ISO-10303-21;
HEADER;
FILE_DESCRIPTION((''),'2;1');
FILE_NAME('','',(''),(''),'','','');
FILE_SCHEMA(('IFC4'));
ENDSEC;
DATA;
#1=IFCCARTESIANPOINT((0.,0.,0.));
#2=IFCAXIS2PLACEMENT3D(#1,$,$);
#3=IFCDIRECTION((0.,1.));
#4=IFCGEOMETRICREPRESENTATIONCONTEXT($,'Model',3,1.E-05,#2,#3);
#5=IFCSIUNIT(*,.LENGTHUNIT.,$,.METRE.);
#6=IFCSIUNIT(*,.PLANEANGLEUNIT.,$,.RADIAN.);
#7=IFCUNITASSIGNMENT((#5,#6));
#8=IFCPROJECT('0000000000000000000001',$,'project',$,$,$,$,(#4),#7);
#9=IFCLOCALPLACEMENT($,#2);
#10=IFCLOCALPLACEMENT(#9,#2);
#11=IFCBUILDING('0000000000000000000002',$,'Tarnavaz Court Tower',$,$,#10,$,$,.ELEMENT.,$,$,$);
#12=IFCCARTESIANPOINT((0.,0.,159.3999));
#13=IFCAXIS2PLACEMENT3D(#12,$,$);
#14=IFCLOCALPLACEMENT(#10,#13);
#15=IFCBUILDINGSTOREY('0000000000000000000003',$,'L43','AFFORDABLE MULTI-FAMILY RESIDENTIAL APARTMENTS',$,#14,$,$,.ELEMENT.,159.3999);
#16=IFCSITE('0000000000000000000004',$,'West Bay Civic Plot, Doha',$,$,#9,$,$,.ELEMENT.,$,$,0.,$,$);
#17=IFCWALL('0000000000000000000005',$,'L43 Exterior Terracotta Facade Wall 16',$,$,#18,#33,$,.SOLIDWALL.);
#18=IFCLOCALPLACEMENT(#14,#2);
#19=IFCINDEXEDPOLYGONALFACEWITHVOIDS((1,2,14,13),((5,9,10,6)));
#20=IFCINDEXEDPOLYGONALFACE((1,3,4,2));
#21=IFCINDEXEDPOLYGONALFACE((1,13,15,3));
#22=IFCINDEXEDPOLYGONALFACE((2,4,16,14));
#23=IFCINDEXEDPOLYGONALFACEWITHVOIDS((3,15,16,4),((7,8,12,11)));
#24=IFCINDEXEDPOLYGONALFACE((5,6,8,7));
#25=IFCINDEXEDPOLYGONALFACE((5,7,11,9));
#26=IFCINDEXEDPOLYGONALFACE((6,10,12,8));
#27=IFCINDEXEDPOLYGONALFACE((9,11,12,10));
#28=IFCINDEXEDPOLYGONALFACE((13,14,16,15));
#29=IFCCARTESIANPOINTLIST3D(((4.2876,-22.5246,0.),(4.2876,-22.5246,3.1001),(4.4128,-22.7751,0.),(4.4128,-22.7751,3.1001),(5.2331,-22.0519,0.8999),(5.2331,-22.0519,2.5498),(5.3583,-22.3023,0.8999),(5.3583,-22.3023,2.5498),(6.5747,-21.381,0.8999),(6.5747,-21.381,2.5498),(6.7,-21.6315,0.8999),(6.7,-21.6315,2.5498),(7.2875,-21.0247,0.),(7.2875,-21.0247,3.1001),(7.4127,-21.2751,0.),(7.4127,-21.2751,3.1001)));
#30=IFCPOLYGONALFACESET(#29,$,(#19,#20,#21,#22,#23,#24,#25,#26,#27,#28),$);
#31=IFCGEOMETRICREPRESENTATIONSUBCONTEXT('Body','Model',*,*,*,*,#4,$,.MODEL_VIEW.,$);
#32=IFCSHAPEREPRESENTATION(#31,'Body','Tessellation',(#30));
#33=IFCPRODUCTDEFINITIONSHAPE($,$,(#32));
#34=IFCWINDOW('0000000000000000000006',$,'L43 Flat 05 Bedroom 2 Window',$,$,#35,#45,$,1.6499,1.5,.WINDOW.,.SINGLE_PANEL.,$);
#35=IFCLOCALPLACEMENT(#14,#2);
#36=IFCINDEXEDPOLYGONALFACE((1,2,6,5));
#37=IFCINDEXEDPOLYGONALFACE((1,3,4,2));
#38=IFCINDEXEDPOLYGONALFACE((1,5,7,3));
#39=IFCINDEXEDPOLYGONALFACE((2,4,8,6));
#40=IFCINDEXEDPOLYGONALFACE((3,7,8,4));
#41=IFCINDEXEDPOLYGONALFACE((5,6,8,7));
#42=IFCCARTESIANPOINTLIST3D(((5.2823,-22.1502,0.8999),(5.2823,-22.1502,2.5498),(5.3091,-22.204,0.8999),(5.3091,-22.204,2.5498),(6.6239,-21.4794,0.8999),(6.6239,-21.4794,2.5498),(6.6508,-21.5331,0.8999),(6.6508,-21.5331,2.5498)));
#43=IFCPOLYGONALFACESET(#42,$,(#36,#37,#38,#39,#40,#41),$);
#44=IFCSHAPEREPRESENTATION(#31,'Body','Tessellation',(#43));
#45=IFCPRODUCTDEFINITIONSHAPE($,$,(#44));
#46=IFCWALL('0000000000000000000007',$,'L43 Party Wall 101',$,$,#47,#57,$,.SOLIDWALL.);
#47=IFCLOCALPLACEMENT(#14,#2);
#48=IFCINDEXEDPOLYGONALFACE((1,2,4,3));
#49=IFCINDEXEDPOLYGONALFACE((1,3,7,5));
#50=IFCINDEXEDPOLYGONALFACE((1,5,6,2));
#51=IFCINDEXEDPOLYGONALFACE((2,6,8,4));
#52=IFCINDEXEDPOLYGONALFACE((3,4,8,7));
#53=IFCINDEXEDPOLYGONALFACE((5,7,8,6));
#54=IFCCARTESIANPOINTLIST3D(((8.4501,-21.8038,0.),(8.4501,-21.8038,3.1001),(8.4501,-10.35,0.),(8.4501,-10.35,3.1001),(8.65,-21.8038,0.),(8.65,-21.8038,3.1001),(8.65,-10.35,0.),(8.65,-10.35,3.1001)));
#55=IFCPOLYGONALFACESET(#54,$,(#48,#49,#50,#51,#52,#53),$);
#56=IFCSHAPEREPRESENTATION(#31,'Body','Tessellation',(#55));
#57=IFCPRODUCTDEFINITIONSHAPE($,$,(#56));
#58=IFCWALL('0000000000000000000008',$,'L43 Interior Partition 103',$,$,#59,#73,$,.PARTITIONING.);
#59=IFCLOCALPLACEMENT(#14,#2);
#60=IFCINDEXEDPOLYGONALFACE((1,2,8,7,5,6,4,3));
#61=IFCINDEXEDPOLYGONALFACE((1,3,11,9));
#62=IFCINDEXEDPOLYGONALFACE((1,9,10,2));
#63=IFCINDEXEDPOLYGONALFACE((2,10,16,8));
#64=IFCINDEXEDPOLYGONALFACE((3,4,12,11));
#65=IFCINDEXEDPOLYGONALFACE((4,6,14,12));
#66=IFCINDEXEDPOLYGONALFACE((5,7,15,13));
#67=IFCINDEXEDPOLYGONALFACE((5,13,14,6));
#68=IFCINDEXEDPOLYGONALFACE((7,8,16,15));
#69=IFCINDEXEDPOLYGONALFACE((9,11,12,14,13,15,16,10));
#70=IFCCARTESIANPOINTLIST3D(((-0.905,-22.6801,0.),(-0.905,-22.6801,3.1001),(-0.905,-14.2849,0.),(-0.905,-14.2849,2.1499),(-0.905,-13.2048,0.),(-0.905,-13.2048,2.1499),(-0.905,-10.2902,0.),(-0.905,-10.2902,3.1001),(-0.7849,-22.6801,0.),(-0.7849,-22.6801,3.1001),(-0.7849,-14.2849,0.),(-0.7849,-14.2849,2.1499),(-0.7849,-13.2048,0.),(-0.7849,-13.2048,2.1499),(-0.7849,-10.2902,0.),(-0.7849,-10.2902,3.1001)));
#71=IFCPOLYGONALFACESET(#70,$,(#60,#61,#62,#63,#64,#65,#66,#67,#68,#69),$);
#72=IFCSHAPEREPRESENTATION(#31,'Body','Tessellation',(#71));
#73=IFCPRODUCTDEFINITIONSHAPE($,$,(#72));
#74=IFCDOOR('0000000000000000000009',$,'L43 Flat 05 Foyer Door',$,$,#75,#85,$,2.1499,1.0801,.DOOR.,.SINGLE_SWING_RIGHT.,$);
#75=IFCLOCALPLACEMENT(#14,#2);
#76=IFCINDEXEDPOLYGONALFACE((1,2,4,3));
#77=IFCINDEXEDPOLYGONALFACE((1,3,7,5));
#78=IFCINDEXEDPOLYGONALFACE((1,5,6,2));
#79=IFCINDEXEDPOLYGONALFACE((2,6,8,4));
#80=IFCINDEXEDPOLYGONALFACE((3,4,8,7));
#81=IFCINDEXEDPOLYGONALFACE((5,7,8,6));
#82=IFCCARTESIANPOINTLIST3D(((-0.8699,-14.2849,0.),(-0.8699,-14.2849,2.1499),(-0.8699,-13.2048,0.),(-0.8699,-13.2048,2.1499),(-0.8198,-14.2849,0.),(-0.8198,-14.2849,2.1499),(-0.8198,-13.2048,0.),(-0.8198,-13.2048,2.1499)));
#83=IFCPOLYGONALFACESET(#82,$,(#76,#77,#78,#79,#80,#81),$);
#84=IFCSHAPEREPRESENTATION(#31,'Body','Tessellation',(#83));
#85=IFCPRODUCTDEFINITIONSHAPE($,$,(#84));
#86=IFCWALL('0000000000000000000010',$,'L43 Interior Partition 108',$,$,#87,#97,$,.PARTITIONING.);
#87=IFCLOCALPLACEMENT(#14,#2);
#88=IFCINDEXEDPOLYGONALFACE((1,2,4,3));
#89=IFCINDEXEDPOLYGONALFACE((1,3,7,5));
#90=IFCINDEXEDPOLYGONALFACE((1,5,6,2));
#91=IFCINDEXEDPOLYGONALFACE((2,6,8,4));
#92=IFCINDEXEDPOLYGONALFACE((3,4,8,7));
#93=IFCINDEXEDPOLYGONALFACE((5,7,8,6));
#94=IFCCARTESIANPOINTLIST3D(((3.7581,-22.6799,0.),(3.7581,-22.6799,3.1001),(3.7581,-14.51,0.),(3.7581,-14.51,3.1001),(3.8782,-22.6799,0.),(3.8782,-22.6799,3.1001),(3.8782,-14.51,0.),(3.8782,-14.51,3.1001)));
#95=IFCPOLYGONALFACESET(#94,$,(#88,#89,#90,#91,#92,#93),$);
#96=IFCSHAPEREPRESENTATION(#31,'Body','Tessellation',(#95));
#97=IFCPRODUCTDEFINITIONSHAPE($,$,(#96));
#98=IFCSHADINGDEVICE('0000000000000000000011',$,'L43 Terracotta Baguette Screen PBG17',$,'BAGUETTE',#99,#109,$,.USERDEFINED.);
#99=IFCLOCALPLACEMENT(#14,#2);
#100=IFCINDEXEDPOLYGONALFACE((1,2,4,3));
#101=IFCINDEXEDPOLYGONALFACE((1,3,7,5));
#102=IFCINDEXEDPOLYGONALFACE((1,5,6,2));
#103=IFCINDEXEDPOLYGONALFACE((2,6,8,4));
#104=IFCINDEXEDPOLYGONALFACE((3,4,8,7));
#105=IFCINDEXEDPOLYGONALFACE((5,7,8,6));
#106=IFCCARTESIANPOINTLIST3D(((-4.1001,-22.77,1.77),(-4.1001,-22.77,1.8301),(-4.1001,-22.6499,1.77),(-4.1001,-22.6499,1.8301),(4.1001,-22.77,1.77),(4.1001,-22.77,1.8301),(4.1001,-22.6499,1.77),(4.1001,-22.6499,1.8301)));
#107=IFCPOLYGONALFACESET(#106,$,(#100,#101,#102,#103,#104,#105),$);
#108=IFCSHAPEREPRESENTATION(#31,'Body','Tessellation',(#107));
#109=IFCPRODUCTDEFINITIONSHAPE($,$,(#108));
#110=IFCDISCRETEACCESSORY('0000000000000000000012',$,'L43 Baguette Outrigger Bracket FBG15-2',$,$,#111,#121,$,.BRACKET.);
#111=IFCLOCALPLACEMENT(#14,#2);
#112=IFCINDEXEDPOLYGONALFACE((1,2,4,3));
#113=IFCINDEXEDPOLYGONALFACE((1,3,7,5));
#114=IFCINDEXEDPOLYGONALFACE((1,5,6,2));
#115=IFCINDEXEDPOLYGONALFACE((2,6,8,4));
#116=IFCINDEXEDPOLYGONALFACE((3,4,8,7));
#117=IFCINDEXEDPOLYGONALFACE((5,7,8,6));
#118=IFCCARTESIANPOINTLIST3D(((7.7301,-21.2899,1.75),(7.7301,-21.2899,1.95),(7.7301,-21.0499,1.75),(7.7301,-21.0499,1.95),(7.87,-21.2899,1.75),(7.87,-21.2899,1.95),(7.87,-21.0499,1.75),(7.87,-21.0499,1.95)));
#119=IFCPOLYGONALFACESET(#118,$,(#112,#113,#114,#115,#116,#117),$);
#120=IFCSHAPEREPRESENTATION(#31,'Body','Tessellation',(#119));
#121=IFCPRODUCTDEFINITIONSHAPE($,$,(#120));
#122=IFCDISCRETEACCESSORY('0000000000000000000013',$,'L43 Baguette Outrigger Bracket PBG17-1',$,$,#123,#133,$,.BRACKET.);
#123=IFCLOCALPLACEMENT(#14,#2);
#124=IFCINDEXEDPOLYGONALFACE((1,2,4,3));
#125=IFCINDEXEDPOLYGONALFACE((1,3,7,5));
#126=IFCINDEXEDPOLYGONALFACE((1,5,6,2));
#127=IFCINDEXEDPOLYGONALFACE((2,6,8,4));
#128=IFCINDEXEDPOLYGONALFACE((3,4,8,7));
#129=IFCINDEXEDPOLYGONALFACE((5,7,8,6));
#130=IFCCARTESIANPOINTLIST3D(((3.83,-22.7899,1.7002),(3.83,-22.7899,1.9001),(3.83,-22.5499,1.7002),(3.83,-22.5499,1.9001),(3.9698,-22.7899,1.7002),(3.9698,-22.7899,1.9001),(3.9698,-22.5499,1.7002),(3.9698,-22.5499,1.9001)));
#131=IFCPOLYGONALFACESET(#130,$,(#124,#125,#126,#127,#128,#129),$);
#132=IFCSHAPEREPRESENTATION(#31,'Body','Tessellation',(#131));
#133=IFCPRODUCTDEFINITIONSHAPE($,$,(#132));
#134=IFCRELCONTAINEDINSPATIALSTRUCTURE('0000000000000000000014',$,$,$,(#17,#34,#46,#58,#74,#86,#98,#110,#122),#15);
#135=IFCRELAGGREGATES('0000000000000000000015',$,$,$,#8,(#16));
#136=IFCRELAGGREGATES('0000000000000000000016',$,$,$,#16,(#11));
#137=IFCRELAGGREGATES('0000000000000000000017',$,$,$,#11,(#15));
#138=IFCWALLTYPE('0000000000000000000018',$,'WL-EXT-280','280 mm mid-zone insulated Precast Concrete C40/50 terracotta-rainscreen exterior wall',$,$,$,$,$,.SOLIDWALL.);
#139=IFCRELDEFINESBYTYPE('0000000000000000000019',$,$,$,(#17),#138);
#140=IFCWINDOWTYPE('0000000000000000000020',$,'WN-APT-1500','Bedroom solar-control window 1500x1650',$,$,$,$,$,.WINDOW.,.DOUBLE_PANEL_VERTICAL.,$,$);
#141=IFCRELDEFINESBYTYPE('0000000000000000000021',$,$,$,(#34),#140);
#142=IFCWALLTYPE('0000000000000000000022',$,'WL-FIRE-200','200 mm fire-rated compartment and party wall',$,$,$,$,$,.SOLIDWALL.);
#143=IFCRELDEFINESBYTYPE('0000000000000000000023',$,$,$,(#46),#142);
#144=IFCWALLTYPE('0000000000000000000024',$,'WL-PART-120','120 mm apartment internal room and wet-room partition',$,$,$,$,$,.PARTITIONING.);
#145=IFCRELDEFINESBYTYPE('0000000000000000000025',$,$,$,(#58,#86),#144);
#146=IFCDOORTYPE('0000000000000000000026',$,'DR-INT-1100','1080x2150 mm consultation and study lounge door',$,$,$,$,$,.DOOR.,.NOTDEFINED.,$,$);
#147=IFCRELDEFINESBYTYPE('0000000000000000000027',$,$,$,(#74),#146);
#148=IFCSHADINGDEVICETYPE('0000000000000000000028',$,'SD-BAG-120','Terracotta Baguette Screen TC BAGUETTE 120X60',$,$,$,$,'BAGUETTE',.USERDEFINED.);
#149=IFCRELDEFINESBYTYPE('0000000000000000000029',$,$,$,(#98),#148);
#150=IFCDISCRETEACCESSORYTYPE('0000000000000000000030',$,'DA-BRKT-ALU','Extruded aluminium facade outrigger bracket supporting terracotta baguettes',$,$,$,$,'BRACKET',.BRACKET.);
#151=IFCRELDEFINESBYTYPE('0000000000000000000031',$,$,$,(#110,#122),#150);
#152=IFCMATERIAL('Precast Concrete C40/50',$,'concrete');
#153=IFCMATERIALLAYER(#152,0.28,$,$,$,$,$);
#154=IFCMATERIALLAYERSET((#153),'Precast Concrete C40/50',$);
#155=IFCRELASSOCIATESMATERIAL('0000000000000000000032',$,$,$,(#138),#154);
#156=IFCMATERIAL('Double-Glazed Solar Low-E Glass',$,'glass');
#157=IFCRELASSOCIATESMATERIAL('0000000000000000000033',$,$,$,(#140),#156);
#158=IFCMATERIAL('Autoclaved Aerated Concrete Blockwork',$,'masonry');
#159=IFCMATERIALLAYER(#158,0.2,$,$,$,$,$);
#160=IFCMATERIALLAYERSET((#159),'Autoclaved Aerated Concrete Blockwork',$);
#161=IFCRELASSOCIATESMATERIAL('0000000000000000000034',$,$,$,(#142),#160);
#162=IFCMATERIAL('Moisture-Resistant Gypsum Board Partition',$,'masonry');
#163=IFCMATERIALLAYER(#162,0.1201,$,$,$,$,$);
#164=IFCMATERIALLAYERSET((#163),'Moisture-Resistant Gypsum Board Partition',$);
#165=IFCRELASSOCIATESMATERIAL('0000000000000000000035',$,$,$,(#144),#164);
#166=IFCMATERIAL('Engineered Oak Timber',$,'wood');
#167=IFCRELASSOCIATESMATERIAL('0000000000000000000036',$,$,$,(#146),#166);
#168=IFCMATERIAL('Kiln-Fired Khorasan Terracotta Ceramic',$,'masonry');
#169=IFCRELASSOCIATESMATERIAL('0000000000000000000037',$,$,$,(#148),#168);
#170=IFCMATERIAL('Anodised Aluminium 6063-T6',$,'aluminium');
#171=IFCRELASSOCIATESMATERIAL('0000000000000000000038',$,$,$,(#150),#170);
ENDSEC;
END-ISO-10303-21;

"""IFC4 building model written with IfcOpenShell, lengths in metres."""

from ifc_helpers import new_model, si_unit, direction, frame, frame_2d, origin, origin_2d, place, context, subcontext, project, spatial, rectangle, extrude, material, layer, layer_set, material_profile, profile_set, type_object, element, fill, save


model = new_model("IFC4")

# Units and contexts
model_context = context("Model", 3, precision=1e-05, world=origin(), true_north=direction((0.0, 1.0)))
body_context = subcontext(model_context, "Body", "Model", "MODEL_VIEW")
ifc_project = project(units=[si_unit("LENGTHUNIT", "METRE"), si_unit("PLANEANGLEUNIT", "RADIAN")], contexts=[model_context])

# Site, building, storey
site_placement = place(None, origin())
site = spatial("IfcSite", under=ifc_project, at=site_placement, Name="West Bay Civic Plot, Doha", CompositionType="ELEMENT", RefElevation=0.0)
building_placement = place(site_placement, origin())
building = spatial("IfcBuilding", under=site, at=building_placement, Name="Tarnavaz Court Tower", CompositionType="ELEMENT")
storey_placement = place(building_placement, frame((0.0, 0.0, 159.3999)))
storey = spatial("IfcBuildingStorey", under=building, at=storey_placement, Name="L43", Description="AFFORDABLE MULTI-FAMILY RESIDENTIAL APARTMENTS", CompositionType="ELEMENT", Elevation=159.3999)

# Shared definitions
ifc_material_1 = material(Name="Anodised Aluminium 6063-T6", Category="aluminium")
ifc_material_2 = material(Name="Double-Glazed Solar Low-E Glass", Category="glass")

# Wall, opening, window
ifc_material_3 = material(Name="Precast Concrete C40/50", Category="concrete")
ifc_layer_1 = layer(ifc_material_3, 0.28)
ifc_layer_set_1 = layer_set([ifc_layer_1], Name="Precast Concrete C40/50")
wall_type_1 = type_object("IfcWallType", Name="WL-EXT-280", Description="280 mm mid-zone insulated Precast Concrete C40/50 terracotta-rainscreen exterior wall", PredefinedType="SOLIDWALL", material=ifc_layer_set_1)
wall_1_placement = place(storey_placement, frame((7.3501, -21.1499, 0.0), z_axis=(0.0, 0.0, 1.0), x_axis=(-0.894427, -0.447214, 0.0)))
wall_1 = element("IfcWall", 1, at=wall_1_placement, inside=storey, type_object=wall_type_1, Name="L43 Exterior Terracotta Facade Wall 16", PredefinedType="SOLIDWALL", context=body_context, shape_type="SweptSolid", body=[
    extrude(rectangle(XDim=3.354, YDim=0.28, at=frame_2d((1.677, 0.0))), origin(), (0.0, 0.0, 1.0), 3.1001),
])
opening_1_placement = place(wall_1_placement, frame((0.7969, 0.0, 0.8999)))
opening_1 = element("IfcOpeningElement", 2, at=opening_1_placement, cuts=wall_1, PredefinedType="OPENING", context=body_context, shape_type="SweptSolid", body=[
    extrude(rectangle(XDim=1.5, YDim=1.6499, at=frame_2d((0.75, 0.825))), frame((0.0, 0.1499, 0.0), z_axis=(0.0, -1.0, 0.0), x_axis=(1.0, 0.0, 0.0)), (0.0, 0.0, 1.0), 0.3),
])
window_type = type_object("IfcWindowType", Name="WN-APT-1500", Description="Bedroom solar-control window 1500x1650", PartitioningType="DOUBLE_PANEL_VERTICAL", PredefinedType="WINDOW", material=ifc_material_2)
window_placement = place(opening_1_placement, origin())
window = element("IfcWindow", 3, at=window_placement, inside=storey, type_object=window_type, Name="L43 Flat 05 Bedroom 2 Window", OverallHeight=1.6499, OverallWidth=1.5, PartitioningType="SINGLE_PANEL", PredefinedType="WINDOW", context=body_context, shape_type="SweptSolid", body=[
    extrude(rectangle(XDim=1.5, YDim=1.6499, at=frame_2d((0.75, 0.825))), frame((0.0, 0.03, 0.0), z_axis=(0.0, -1.0, 0.0), x_axis=(1.0, 0.0, 0.0)), (0.0, 0.0, 1.0), 0.0601),
])
fill(opening_1, window)

# Wall
ifc_material_4 = material(Name="Autoclaved Aerated Concrete Blockwork", Category="masonry")
ifc_layer_2 = layer(ifc_material_4, 0.2)
ifc_layer_set_2 = layer_set([ifc_layer_2], Name="Autoclaved Aerated Concrete Blockwork")
wall_type_2 = type_object("IfcWallType", Name="WL-FIRE-200", Description="200 mm fire-rated compartment and party wall", PredefinedType="SOLIDWALL", material=ifc_layer_set_2)
wall_2_placement = place(storey_placement, frame((8.55, -21.804, 0.0), z_axis=(0.0, 0.0, 1.0), x_axis=(0.0, 1.0, 0.0)))
element("IfcWall", 4, at=wall_2_placement, inside=storey, type_object=wall_type_2, Name="L43 Party Wall 101", PredefinedType="SOLIDWALL", context=body_context, shape_type="SweptSolid", body=[
    extrude(rectangle(XDim=11.4539, YDim=0.2, at=frame_2d((5.7271, 0.0))), origin(), (0.0, 0.0, 1.0), 3.1001),
])

# Wall, opening, door
ifc_material_5 = material(Name="Moisture-Resistant Gypsum Board Partition", Category="masonry")
ifc_layer_3 = layer(ifc_material_5, 0.1201)
ifc_layer_set_3 = layer_set([ifc_layer_3], Name="Moisture-Resistant Gypsum Board Partition")
wall_type_3 = type_object("IfcWallType", Name="WL-PART-120", Description="120 mm apartment internal room and wet-room partition", PredefinedType="PARTITIONING", material=ifc_layer_set_3)
wall_3_placement = place(storey_placement, frame((-0.845, -22.6799, 0.0), z_axis=(0.0, 0.0, 1.0), x_axis=(0.0, 1.0, 0.0)))
wall_3 = element("IfcWall", 5, at=wall_3_placement, inside=storey, type_object=wall_type_3, Name="L43 Interior Partition 103", PredefinedType="PARTITIONING", context=body_context, shape_type="SweptSolid", body=[
    extrude(rectangle(XDim=12.3899, YDim=0.1201, at=frame_2d((6.1948, 0.0))), origin(), (0.0, 0.0, 1.0), 3.1001),
])
opening_2_placement = place(wall_3_placement, frame((8.395, 0.0, 0.0)))
opening_2 = element("IfcOpeningElement", 6, at=opening_2_placement, cuts=wall_3, PredefinedType="OPENING", context=body_context, shape_type="SweptSolid", body=[
    extrude(rectangle(XDim=1.0801, YDim=2.1499, at=frame_2d((0.54, 1.075))), frame((0.0, 0.0701, 0.0), z_axis=(0.0, -1.0, 0.0), x_axis=(1.0, 0.0, 0.0)), (0.0, 0.0, 1.0), 0.1401),
])
ifc_material_6 = material(Name="Engineered Oak Timber", Category="wood")
door_type = type_object("IfcDoorType", Name="DR-INT-1100", Description="1080x2150 mm consultation and study lounge door", OperationType="NOTDEFINED", PredefinedType="DOOR", material=ifc_material_6)
door_placement = place(opening_2_placement, origin())
door = element("IfcDoor", 7, at=door_placement, inside=storey, type_object=door_type, Name="L43 Flat 05 Foyer Door", OperationType="SINGLE_SWING_RIGHT", OverallHeight=2.1499, OverallWidth=1.0801, PredefinedType="DOOR", context=body_context, shape_type="SweptSolid", body=[
    extrude(rectangle(XDim=1.0801, YDim=2.1499, at=frame_2d((0.54, 1.075))), frame((0.0, 0.0249, 0.0), z_axis=(0.0, -1.0, 0.0), x_axis=(1.0, 0.0, 0.0)), (0.0, 0.0, 1.0), 0.05),
])
fill(opening_2, door)

# Wall
wall_4_placement = place(storey_placement, frame((3.8181, -22.6799, 0.0), z_axis=(0.0, 0.0, 1.0), x_axis=(0.0, 1.0, 0.0)))
element("IfcWall", 8, at=wall_4_placement, inside=storey, type_object=wall_type_3, Name="L43 Interior Partition 108", PredefinedType="PARTITIONING", context=body_context, shape_type="SweptSolid", body=[
    extrude(rectangle(XDim=8.1699, YDim=0.1201, at=frame_2d((4.085, 0.0))), origin(), (0.0, 0.0, 1.0), 3.1001),
])

# Shading device
ifc_material_7 = material(Name="Kiln-Fired Khorasan Terracotta Ceramic", Category="masonry")
ifc_material_profile_1 = material_profile(ifc_material_7, rectangle(XDim=0.1201, YDim=0.0601, at=origin_2d()), Name="TC BAGUETTE 120X60")
ifc_profile_set_1 = profile_set([ifc_material_profile_1], Name="Kiln-Fired Khorasan Terracotta Ceramic")
shading_device_type = type_object("IfcShadingDeviceType", Name="SD-BAG-120", Description="Terracotta Baguette Screen TC BAGUETTE 120X60", ElementType="BAGUETTE", PredefinedType="USERDEFINED", material=ifc_profile_set_1)
shading_device_placement = place(storey_placement, frame((4.1001, -22.71, 1.8), z_axis=(-1.0, 0.0, 0.0), x_axis=(0.0, -1.0, 0.0)))
element("IfcShadingDevice", 9, at=shading_device_placement, inside=storey, type_object=shading_device_type, Name="L43 Terracotta Baguette Screen PBG17", ObjectType="BAGUETTE", PredefinedType="USERDEFINED", context=body_context, shape_type="SweptSolid", body=[
    extrude(rectangle(XDim=0.1201, YDim=0.0601, at=origin_2d()), origin(), (0.0, 0.0, 1.0), 8.2002),
])

# Discrete accessories
discrete_accessory_type = type_object("IfcDiscreteAccessoryType", Name="DA-BRKT-ALU", Description="Extruded aluminium facade outrigger bracket supporting terracotta baguettes", ElementType="BRACKET", PredefinedType="BRACKET", material=ifc_material_1)
for number, where, z_axis, x_axis, name in (
    (10, (7.8, -21.1699, 1.75), (0.0, 0.0, 1.0), (-1.0, 0.0, 0.0), "L43 Baguette Outrigger Bracket FBG15-2"),
    (11, (3.8999, -22.6699, 1.7002), (0.0, 0.0, 1.0), (-1.0, 0.0, 0.0), "L43 Baguette Outrigger Bracket PBG17-1"),
):
    element("IfcDiscreteAccessory", number, at=place(storey_placement, frame(where, z_axis=z_axis, x_axis=x_axis)), inside=storey, type_object=discrete_accessory_type, Name=name, PredefinedType="BRACKET", context=body_context, shape_type="SweptSolid", body=[
        extrude(rectangle(XDim=0.1399, YDim=0.24, at=origin_2d()), origin(), (0.0, 0.0, 1.0), 0.2),
    ])

save(model, "model.ifc")
